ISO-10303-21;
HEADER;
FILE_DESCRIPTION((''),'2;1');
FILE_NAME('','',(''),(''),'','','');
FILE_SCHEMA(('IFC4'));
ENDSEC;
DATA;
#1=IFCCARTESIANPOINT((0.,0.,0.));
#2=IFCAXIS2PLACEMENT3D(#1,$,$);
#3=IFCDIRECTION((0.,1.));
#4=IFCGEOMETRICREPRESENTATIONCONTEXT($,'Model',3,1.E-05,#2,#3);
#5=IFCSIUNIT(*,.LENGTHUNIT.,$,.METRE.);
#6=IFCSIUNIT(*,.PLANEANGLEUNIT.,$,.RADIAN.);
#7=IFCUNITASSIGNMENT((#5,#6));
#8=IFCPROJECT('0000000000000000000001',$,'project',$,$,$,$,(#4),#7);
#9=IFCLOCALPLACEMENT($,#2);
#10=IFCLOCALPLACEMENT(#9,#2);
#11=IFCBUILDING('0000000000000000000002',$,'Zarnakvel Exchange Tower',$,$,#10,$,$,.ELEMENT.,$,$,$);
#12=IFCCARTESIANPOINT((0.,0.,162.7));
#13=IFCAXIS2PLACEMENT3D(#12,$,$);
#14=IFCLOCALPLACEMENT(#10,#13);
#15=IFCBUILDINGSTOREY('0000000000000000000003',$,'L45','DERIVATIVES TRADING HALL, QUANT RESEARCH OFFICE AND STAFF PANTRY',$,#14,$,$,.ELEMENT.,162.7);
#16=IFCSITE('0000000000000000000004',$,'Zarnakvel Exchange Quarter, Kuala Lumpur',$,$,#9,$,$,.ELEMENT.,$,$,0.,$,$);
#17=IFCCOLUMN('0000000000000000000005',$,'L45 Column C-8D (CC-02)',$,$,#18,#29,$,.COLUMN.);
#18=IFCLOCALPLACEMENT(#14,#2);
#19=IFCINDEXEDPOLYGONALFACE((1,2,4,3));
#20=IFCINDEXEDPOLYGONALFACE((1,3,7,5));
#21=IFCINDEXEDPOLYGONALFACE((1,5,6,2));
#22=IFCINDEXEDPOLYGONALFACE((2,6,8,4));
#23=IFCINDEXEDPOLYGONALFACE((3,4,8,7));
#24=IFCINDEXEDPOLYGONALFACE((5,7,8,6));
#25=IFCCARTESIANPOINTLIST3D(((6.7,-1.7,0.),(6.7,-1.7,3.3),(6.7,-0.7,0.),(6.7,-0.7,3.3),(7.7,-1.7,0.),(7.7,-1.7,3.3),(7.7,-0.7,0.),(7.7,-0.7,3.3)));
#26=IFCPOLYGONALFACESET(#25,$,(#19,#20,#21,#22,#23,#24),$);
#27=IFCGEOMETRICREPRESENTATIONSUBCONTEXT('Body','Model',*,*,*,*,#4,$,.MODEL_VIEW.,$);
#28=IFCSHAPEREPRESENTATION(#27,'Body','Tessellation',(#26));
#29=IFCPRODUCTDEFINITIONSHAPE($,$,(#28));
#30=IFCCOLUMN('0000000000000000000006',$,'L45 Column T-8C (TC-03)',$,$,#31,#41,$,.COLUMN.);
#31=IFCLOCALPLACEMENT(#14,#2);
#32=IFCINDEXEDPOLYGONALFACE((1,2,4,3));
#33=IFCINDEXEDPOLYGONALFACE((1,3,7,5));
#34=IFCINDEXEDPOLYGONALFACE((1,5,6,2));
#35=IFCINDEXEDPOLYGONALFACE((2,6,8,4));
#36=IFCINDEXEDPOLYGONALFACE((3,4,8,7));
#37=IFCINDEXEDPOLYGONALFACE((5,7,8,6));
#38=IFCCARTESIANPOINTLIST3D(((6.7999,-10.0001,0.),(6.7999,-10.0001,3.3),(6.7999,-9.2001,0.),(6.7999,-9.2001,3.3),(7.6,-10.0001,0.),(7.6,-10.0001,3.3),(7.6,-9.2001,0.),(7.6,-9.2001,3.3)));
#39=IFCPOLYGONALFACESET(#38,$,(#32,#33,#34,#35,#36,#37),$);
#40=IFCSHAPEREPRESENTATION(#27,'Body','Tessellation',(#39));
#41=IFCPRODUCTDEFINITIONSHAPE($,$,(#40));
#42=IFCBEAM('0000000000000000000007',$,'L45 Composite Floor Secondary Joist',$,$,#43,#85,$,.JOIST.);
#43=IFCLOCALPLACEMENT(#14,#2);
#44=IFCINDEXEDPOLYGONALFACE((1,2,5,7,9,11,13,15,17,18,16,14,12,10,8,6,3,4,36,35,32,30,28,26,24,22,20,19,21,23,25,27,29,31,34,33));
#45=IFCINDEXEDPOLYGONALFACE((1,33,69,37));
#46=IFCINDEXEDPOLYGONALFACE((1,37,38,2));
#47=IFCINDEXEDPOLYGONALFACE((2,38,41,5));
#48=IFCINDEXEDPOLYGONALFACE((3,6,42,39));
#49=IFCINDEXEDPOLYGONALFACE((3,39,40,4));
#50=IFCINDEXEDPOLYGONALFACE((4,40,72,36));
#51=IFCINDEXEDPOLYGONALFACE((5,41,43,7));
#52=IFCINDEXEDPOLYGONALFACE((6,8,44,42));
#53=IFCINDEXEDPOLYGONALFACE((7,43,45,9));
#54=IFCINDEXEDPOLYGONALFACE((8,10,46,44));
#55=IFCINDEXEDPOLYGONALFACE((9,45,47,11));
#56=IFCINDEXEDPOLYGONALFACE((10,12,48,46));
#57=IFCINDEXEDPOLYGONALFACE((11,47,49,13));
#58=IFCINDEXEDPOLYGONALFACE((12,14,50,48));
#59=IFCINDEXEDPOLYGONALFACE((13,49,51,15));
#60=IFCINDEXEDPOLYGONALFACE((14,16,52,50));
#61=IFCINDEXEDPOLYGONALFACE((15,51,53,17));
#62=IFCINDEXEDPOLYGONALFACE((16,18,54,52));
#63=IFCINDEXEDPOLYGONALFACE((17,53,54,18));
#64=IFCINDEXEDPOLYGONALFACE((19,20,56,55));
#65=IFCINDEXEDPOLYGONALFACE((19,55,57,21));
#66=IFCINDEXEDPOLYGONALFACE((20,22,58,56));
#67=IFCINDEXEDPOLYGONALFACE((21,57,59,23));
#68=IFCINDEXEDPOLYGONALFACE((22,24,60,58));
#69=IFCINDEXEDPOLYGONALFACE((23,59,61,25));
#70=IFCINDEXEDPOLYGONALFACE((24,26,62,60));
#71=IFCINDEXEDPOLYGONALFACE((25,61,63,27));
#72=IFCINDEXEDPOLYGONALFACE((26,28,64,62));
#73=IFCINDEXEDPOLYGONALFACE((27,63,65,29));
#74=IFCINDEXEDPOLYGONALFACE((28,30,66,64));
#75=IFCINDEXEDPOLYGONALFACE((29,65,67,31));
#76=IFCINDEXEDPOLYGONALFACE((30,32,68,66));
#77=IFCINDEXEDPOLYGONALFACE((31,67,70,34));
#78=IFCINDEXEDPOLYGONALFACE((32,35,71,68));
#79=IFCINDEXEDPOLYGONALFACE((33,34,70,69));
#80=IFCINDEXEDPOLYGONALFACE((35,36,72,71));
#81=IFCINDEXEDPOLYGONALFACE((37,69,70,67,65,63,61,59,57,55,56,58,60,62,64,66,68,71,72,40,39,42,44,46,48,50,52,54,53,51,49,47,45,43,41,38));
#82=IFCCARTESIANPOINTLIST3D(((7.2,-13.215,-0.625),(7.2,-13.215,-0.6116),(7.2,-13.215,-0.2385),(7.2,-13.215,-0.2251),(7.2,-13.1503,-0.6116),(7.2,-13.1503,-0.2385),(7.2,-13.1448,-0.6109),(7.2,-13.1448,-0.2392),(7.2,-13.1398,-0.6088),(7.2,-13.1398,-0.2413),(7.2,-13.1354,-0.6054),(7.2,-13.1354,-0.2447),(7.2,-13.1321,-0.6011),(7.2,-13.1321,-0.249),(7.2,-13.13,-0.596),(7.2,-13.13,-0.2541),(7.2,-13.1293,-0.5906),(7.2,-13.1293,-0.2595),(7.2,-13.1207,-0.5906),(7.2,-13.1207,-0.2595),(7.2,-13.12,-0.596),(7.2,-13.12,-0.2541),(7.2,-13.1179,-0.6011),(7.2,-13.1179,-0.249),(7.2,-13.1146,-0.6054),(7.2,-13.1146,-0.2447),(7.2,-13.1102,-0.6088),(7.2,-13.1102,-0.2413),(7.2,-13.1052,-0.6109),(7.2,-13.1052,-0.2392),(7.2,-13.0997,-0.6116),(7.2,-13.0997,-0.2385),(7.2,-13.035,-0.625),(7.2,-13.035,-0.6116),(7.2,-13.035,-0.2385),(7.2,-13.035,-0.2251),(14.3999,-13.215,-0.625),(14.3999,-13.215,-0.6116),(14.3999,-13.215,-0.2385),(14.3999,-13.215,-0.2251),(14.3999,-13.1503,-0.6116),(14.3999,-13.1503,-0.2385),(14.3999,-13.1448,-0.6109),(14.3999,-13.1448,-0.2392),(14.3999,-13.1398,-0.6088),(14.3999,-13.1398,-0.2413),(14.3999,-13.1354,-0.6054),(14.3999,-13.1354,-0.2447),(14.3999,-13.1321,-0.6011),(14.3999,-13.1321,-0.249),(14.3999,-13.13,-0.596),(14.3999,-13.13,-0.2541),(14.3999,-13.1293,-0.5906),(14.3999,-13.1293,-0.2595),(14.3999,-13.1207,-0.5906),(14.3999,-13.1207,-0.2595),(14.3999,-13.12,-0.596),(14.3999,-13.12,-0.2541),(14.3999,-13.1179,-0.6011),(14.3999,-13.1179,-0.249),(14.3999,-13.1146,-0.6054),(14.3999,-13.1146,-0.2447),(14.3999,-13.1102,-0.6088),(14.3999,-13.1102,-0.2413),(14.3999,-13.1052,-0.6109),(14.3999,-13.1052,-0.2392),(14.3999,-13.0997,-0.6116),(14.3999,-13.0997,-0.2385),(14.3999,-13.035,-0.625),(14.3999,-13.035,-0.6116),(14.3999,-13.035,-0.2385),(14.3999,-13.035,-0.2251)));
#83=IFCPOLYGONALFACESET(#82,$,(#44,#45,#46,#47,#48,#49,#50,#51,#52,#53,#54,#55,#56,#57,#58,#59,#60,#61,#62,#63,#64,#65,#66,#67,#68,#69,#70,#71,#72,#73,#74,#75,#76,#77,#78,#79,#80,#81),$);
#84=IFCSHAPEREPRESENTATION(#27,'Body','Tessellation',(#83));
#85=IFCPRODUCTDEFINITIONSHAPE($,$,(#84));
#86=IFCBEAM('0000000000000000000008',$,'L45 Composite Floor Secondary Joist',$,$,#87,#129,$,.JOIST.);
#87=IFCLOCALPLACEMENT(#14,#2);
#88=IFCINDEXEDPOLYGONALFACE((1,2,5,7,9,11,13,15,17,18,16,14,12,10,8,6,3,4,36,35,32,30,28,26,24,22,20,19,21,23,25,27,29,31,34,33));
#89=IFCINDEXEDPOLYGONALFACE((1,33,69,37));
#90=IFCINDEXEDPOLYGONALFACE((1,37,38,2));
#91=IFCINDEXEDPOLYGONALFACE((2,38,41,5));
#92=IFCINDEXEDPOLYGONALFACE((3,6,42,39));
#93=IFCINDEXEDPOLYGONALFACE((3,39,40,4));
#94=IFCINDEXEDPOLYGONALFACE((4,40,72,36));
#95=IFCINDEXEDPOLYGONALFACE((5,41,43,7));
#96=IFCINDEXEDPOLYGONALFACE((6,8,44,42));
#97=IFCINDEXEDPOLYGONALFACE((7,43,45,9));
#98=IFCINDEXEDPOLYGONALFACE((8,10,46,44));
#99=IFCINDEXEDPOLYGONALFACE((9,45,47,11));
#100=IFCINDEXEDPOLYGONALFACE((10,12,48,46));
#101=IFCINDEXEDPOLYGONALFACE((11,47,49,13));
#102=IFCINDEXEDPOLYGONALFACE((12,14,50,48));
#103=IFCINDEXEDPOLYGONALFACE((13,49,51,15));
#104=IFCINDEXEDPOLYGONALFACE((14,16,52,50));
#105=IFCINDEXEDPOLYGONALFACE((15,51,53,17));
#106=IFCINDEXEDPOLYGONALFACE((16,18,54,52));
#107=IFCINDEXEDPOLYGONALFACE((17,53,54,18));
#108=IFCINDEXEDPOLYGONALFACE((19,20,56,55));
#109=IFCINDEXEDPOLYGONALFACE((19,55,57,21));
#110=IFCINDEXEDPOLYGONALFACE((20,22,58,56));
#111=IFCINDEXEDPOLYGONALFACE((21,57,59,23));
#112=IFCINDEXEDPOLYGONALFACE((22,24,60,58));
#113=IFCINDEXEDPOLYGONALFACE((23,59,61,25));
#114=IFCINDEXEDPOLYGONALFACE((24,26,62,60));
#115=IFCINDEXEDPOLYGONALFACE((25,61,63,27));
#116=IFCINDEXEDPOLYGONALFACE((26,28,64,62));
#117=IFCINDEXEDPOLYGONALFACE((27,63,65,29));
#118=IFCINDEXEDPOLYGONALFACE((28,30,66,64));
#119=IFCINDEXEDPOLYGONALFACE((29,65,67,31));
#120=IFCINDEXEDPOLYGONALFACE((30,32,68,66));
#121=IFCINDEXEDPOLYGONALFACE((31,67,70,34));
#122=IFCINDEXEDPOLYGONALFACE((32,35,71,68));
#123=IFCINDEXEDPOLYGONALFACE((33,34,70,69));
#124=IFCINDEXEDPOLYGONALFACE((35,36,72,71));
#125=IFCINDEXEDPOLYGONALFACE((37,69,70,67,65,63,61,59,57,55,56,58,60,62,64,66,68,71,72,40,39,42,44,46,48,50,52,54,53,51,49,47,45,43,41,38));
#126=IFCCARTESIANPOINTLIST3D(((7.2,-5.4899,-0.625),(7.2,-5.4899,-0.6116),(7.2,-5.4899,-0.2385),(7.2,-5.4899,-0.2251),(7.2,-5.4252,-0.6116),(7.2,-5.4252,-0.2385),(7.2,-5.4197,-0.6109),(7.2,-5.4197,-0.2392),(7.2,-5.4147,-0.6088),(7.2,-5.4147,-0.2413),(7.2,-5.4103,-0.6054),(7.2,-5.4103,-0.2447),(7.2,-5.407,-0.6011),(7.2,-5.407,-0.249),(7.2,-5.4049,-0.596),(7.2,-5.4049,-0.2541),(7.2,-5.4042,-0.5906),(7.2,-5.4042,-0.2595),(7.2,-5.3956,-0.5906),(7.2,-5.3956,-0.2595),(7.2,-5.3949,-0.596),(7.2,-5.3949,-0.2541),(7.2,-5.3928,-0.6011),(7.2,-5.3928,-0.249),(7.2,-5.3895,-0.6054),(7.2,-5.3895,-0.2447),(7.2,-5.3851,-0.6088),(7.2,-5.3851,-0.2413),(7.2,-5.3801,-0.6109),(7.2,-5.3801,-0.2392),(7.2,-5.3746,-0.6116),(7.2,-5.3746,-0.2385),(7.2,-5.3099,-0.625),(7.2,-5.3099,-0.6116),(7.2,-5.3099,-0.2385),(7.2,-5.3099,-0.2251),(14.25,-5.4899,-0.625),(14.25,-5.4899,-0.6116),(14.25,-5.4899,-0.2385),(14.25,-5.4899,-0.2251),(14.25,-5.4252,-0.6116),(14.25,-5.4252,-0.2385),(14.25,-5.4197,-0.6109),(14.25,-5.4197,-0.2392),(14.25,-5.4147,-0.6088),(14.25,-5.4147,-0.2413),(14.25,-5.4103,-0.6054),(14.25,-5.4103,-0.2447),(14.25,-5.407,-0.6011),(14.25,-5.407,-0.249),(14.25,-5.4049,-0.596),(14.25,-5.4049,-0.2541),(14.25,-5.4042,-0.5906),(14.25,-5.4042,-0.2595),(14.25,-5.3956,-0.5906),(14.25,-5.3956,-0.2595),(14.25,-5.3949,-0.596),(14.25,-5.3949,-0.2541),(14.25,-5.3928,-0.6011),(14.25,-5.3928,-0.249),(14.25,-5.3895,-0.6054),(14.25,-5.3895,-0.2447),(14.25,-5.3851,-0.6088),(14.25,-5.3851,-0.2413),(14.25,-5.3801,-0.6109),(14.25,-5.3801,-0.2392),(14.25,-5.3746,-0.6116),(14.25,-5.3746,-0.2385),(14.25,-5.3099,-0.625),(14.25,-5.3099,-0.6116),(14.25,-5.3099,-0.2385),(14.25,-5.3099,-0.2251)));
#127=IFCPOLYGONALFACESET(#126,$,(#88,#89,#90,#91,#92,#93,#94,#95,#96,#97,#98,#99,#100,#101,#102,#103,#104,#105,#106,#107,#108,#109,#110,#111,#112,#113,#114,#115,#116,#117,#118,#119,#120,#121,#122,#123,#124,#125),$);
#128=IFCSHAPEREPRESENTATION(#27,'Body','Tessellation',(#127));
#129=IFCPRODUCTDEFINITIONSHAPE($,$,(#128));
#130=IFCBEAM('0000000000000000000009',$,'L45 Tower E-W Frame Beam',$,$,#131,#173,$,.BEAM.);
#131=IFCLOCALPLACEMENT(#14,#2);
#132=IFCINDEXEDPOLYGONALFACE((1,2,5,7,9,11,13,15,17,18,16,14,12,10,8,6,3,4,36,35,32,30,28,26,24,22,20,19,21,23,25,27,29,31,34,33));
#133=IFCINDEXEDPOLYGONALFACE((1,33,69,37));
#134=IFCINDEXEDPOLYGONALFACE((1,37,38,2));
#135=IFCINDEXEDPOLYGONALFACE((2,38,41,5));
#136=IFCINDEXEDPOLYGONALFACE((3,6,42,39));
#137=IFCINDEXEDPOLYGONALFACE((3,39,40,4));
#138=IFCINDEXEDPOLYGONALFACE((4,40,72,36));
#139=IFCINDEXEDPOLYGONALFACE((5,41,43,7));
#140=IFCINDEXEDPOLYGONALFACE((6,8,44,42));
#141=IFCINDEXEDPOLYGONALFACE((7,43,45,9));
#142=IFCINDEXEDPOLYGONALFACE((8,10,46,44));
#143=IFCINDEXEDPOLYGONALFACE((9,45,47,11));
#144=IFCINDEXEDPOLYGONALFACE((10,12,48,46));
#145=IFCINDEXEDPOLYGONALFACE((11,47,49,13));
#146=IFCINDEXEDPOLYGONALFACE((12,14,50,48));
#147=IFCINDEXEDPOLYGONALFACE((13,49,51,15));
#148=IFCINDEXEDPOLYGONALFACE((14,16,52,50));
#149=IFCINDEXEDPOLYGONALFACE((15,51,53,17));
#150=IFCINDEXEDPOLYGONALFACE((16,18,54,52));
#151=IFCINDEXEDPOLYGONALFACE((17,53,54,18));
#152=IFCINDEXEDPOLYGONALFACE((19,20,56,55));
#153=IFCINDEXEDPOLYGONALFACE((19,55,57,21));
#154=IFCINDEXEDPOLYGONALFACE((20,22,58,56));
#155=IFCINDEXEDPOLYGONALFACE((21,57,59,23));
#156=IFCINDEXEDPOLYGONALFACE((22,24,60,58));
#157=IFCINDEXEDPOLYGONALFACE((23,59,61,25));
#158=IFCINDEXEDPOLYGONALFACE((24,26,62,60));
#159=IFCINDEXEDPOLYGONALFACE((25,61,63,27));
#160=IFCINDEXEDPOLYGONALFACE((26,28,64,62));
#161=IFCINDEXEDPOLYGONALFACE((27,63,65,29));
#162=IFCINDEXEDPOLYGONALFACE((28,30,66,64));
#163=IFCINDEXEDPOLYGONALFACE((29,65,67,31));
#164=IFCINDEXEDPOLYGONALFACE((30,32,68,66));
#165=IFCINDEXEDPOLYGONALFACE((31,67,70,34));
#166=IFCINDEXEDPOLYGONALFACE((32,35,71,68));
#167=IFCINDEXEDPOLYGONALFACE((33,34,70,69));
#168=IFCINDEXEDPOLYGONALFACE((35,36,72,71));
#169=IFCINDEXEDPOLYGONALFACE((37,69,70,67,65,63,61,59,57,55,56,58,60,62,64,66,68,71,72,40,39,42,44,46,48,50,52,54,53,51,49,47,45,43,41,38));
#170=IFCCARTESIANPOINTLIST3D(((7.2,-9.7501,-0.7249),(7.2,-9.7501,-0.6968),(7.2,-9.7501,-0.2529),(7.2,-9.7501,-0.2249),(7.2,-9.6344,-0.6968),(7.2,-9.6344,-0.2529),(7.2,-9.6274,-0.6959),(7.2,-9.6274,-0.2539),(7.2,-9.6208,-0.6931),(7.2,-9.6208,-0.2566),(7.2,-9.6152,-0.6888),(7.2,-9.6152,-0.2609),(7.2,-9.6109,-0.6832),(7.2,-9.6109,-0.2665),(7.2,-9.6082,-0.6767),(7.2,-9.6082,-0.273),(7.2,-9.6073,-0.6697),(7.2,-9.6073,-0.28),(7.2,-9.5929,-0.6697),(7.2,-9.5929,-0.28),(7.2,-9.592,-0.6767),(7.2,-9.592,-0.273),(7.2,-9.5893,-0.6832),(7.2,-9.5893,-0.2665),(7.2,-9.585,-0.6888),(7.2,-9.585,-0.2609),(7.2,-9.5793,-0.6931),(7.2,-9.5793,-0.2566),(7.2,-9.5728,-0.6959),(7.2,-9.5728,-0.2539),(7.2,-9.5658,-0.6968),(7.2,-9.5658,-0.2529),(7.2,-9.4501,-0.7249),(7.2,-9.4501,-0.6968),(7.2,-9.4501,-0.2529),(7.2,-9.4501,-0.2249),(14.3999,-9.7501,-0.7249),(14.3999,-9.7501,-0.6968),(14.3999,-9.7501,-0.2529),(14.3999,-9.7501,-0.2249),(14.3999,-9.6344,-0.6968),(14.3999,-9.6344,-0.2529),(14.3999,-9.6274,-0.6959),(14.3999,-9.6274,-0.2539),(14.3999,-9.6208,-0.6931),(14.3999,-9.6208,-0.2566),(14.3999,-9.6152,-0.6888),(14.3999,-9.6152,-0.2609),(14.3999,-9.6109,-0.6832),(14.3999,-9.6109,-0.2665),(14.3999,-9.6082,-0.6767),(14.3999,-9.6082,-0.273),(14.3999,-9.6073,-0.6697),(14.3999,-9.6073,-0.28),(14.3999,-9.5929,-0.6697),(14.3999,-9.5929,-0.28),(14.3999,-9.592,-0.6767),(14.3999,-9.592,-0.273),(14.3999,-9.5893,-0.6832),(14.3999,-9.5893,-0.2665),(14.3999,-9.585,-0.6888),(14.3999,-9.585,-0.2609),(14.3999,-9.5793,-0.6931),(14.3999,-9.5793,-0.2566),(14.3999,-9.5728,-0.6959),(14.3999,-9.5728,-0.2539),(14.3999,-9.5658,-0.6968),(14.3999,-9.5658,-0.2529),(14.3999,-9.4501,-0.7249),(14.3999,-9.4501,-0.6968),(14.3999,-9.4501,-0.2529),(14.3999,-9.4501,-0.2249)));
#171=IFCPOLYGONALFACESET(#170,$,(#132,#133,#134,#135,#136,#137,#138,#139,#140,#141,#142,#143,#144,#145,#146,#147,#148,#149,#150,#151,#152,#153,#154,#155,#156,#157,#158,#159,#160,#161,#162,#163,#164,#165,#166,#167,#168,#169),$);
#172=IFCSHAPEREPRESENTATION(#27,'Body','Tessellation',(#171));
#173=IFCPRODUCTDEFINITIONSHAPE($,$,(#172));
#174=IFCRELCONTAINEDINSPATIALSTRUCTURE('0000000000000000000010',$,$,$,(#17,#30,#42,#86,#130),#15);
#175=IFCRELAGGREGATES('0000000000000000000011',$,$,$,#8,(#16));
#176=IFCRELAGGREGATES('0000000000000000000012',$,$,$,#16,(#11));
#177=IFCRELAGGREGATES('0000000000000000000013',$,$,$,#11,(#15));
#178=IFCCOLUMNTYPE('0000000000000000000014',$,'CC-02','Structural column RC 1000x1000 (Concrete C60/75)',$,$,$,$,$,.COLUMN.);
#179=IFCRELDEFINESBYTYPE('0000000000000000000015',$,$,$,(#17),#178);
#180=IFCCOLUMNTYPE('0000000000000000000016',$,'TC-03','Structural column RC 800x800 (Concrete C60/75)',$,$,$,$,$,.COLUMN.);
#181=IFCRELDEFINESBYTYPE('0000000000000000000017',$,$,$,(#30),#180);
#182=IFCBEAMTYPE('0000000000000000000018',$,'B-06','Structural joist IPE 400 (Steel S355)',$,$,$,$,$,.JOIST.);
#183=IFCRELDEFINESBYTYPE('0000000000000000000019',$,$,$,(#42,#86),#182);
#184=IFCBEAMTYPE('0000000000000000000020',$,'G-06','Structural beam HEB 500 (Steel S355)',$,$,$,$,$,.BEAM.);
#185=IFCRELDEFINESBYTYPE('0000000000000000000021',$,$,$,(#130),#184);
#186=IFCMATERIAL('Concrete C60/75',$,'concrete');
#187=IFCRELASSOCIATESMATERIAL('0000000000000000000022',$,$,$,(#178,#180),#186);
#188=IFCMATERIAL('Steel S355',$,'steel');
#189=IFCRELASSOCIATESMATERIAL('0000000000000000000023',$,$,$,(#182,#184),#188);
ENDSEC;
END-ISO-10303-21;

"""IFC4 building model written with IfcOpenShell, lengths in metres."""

from ifc_helpers import new_model, si_unit, direction, frame, origin, origin_2d, place, context, subcontext, project, spatial, rectangle, i_section, extrude, material, material_profile, profile_set, type_object, element, save


model = new_model("IFC4")

# Units and contexts
model_context = context("Model", 3, precision=1e-05, world=origin(), true_north=direction((0.0, 1.0)))
body_context = subcontext(model_context, "Body", "Model", "MODEL_VIEW")
ifc_project = project(units=[si_unit("LENGTHUNIT", "METRE"), si_unit("PLANEANGLEUNIT", "RADIAN")], contexts=[model_context])

# Site, building, storey
site_placement = place(None, origin())
site = spatial("IfcSite", under=ifc_project, at=site_placement, Name="Zarnakvel Exchange Quarter, Kuala Lumpur", CompositionType="ELEMENT", RefElevation=0.0)
building_placement = place(site_placement, origin())
building = spatial("IfcBuilding", under=site, at=building_placement, Name="Zarnakvel Exchange Tower", CompositionType="ELEMENT")
storey_placement = place(building_placement, frame((0.0, 0.0, 162.7)))
storey = spatial("IfcBuildingStorey", under=building, at=storey_placement, Name="L45", Description="DERIVATIVES TRADING HALL, QUANT RESEARCH OFFICE AND STAFF PANTRY", CompositionType="ELEMENT", Elevation=162.7)

# Columns
ifc_material_1 = material(Name="Concrete C60/75", Category="concrete")
ifc_material_profile_1 = material_profile(ifc_material_1, rectangle(XDim=1.0, YDim=1.0, at=origin_2d()))
ifc_profile_set_1 = profile_set([ifc_material_profile_1], Name="Concrete C60/75")
column_type_1 = type_object("IfcColumnType", Name="CC-02", Description="Structural column RC 1000x1000 (Concrete C60/75)", PredefinedType="COLUMN", material=ifc_profile_set_1)
column_1_placement = place(storey_placement, frame((7.2, -1.2, 0.0), z_axis=(0.0, 0.0, 1.0), x_axis=(1.0, 0.0, 0.0)))
element("IfcColumn", 1, at=column_1_placement, inside=storey, type_object=column_type_1, Name="L45 Column C-8D (CC-02)", PredefinedType="COLUMN", context=body_context, shape_type="SweptSolid", body=[
    extrude(rectangle(XDim=1.0, YDim=1.0, at=origin_2d()), origin(), (0.0, 0.0, 1.0), 3.3),
])
ifc_material_profile_2 = material_profile(ifc_material_1, rectangle(XDim=0.8, YDim=0.8, at=origin_2d()))
ifc_profile_set_2 = profile_set([ifc_material_profile_2], Name="Concrete C60/75")
column_type_2 = type_object("IfcColumnType", Name="TC-03", Description="Structural column RC 800x800 (Concrete C60/75)", PredefinedType="COLUMN", material=ifc_profile_set_2)
column_2_placement = place(storey_placement, frame((7.2, -9.6001, 0.0), z_axis=(0.0, 0.0, 1.0), x_axis=(1.0, 0.0, 0.0)))
element("IfcColumn", 2, at=column_2_placement, inside=storey, type_object=column_type_2, Name="L45 Column T-8C (TC-03)", PredefinedType="COLUMN", context=body_context, shape_type="SweptSolid", body=[
    extrude(rectangle(XDim=0.8, YDim=0.8, at=origin_2d()), origin(), (0.0, 0.0, 1.0), 3.3),
])

# Beams
ifc_material_2 = material(Name="Steel S355", Category="steel")
ifc_material_profile_3 = material_profile(ifc_material_2, i_section(OverallWidth=0.1799, OverallDepth=0.3999, WebThickness=0.0085, FlangeThickness=0.0134, FilletRadius=0.021, at=origin_2d()))
ifc_profile_set_3 = profile_set([ifc_material_profile_3], Name="Steel S355")
beam_type_1 = type_object("IfcBeamType", Name="B-06", Description="Structural joist IPE 400 (Steel S355)", PredefinedType="JOIST", material=ifc_profile_set_3)
beam_1_placement = place(storey_placement, frame((7.2, -13.125, -0.425), z_axis=(1.0, 0.0, 0.0), x_axis=(0.0, 1.0, 0.0)))
element("IfcBeam", 3, at=beam_1_placement, inside=storey, type_object=beam_type_1, Name="L45 Composite Floor Secondary Joist", PredefinedType="JOIST", context=body_context, shape_type="SweptSolid", body=[
    extrude(i_section(OverallWidth=0.1799, OverallDepth=0.3999, WebThickness=0.0085, FlangeThickness=0.0134, FilletRadius=0.021, at=origin_2d()), origin(), (0.0, 0.0, 1.0), 7.2),
])
beam_2_placement = place(storey_placement, frame((7.2, -5.3999, -0.425), z_axis=(1.0, 0.0, 0.0), x_axis=(0.0, 1.0, 0.0)))
element("IfcBeam", 4, at=beam_2_placement, inside=storey, type_object=beam_type_1, Name="L45 Composite Floor Secondary Joist", PredefinedType="JOIST", context=body_context, shape_type="SweptSolid", body=[
    extrude(i_section(OverallWidth=0.1799, OverallDepth=0.3999, WebThickness=0.0085, FlangeThickness=0.0134, FilletRadius=0.021, at=origin_2d()), origin(), (0.0, 0.0, 1.0), 7.05),
])
ifc_material_profile_4 = material_profile(ifc_material_2, i_section(OverallWidth=0.3, OverallDepth=0.5, WebThickness=0.0144, FlangeThickness=0.0281, FilletRadius=0.0271, at=origin_2d()))
ifc_profile_set_4 = profile_set([ifc_material_profile_4], Name="Steel S355")
beam_type_2 = type_object("IfcBeamType", Name="G-06", Description="Structural beam HEB 500 (Steel S355)", PredefinedType="BEAM", material=ifc_profile_set_4)
beam_3_placement = place(storey_placement, frame((7.2, -9.6001, -0.4749), z_axis=(1.0, 0.0, 0.0), x_axis=(0.0, 1.0, 0.0)))
element("IfcBeam", 5, at=beam_3_placement, inside=storey, type_object=beam_type_2, Name="L45 Tower E-W Frame Beam", PredefinedType="BEAM", context=body_context, shape_type="SweptSolid", body=[
    extrude(i_section(OverallWidth=0.3, OverallDepth=0.5, WebThickness=0.0144, FlangeThickness=0.0281, FilletRadius=0.0271, at=origin_2d()), origin(), (0.0, 0.0, 1.0), 7.2),
])

save(model, "model.ifc")
